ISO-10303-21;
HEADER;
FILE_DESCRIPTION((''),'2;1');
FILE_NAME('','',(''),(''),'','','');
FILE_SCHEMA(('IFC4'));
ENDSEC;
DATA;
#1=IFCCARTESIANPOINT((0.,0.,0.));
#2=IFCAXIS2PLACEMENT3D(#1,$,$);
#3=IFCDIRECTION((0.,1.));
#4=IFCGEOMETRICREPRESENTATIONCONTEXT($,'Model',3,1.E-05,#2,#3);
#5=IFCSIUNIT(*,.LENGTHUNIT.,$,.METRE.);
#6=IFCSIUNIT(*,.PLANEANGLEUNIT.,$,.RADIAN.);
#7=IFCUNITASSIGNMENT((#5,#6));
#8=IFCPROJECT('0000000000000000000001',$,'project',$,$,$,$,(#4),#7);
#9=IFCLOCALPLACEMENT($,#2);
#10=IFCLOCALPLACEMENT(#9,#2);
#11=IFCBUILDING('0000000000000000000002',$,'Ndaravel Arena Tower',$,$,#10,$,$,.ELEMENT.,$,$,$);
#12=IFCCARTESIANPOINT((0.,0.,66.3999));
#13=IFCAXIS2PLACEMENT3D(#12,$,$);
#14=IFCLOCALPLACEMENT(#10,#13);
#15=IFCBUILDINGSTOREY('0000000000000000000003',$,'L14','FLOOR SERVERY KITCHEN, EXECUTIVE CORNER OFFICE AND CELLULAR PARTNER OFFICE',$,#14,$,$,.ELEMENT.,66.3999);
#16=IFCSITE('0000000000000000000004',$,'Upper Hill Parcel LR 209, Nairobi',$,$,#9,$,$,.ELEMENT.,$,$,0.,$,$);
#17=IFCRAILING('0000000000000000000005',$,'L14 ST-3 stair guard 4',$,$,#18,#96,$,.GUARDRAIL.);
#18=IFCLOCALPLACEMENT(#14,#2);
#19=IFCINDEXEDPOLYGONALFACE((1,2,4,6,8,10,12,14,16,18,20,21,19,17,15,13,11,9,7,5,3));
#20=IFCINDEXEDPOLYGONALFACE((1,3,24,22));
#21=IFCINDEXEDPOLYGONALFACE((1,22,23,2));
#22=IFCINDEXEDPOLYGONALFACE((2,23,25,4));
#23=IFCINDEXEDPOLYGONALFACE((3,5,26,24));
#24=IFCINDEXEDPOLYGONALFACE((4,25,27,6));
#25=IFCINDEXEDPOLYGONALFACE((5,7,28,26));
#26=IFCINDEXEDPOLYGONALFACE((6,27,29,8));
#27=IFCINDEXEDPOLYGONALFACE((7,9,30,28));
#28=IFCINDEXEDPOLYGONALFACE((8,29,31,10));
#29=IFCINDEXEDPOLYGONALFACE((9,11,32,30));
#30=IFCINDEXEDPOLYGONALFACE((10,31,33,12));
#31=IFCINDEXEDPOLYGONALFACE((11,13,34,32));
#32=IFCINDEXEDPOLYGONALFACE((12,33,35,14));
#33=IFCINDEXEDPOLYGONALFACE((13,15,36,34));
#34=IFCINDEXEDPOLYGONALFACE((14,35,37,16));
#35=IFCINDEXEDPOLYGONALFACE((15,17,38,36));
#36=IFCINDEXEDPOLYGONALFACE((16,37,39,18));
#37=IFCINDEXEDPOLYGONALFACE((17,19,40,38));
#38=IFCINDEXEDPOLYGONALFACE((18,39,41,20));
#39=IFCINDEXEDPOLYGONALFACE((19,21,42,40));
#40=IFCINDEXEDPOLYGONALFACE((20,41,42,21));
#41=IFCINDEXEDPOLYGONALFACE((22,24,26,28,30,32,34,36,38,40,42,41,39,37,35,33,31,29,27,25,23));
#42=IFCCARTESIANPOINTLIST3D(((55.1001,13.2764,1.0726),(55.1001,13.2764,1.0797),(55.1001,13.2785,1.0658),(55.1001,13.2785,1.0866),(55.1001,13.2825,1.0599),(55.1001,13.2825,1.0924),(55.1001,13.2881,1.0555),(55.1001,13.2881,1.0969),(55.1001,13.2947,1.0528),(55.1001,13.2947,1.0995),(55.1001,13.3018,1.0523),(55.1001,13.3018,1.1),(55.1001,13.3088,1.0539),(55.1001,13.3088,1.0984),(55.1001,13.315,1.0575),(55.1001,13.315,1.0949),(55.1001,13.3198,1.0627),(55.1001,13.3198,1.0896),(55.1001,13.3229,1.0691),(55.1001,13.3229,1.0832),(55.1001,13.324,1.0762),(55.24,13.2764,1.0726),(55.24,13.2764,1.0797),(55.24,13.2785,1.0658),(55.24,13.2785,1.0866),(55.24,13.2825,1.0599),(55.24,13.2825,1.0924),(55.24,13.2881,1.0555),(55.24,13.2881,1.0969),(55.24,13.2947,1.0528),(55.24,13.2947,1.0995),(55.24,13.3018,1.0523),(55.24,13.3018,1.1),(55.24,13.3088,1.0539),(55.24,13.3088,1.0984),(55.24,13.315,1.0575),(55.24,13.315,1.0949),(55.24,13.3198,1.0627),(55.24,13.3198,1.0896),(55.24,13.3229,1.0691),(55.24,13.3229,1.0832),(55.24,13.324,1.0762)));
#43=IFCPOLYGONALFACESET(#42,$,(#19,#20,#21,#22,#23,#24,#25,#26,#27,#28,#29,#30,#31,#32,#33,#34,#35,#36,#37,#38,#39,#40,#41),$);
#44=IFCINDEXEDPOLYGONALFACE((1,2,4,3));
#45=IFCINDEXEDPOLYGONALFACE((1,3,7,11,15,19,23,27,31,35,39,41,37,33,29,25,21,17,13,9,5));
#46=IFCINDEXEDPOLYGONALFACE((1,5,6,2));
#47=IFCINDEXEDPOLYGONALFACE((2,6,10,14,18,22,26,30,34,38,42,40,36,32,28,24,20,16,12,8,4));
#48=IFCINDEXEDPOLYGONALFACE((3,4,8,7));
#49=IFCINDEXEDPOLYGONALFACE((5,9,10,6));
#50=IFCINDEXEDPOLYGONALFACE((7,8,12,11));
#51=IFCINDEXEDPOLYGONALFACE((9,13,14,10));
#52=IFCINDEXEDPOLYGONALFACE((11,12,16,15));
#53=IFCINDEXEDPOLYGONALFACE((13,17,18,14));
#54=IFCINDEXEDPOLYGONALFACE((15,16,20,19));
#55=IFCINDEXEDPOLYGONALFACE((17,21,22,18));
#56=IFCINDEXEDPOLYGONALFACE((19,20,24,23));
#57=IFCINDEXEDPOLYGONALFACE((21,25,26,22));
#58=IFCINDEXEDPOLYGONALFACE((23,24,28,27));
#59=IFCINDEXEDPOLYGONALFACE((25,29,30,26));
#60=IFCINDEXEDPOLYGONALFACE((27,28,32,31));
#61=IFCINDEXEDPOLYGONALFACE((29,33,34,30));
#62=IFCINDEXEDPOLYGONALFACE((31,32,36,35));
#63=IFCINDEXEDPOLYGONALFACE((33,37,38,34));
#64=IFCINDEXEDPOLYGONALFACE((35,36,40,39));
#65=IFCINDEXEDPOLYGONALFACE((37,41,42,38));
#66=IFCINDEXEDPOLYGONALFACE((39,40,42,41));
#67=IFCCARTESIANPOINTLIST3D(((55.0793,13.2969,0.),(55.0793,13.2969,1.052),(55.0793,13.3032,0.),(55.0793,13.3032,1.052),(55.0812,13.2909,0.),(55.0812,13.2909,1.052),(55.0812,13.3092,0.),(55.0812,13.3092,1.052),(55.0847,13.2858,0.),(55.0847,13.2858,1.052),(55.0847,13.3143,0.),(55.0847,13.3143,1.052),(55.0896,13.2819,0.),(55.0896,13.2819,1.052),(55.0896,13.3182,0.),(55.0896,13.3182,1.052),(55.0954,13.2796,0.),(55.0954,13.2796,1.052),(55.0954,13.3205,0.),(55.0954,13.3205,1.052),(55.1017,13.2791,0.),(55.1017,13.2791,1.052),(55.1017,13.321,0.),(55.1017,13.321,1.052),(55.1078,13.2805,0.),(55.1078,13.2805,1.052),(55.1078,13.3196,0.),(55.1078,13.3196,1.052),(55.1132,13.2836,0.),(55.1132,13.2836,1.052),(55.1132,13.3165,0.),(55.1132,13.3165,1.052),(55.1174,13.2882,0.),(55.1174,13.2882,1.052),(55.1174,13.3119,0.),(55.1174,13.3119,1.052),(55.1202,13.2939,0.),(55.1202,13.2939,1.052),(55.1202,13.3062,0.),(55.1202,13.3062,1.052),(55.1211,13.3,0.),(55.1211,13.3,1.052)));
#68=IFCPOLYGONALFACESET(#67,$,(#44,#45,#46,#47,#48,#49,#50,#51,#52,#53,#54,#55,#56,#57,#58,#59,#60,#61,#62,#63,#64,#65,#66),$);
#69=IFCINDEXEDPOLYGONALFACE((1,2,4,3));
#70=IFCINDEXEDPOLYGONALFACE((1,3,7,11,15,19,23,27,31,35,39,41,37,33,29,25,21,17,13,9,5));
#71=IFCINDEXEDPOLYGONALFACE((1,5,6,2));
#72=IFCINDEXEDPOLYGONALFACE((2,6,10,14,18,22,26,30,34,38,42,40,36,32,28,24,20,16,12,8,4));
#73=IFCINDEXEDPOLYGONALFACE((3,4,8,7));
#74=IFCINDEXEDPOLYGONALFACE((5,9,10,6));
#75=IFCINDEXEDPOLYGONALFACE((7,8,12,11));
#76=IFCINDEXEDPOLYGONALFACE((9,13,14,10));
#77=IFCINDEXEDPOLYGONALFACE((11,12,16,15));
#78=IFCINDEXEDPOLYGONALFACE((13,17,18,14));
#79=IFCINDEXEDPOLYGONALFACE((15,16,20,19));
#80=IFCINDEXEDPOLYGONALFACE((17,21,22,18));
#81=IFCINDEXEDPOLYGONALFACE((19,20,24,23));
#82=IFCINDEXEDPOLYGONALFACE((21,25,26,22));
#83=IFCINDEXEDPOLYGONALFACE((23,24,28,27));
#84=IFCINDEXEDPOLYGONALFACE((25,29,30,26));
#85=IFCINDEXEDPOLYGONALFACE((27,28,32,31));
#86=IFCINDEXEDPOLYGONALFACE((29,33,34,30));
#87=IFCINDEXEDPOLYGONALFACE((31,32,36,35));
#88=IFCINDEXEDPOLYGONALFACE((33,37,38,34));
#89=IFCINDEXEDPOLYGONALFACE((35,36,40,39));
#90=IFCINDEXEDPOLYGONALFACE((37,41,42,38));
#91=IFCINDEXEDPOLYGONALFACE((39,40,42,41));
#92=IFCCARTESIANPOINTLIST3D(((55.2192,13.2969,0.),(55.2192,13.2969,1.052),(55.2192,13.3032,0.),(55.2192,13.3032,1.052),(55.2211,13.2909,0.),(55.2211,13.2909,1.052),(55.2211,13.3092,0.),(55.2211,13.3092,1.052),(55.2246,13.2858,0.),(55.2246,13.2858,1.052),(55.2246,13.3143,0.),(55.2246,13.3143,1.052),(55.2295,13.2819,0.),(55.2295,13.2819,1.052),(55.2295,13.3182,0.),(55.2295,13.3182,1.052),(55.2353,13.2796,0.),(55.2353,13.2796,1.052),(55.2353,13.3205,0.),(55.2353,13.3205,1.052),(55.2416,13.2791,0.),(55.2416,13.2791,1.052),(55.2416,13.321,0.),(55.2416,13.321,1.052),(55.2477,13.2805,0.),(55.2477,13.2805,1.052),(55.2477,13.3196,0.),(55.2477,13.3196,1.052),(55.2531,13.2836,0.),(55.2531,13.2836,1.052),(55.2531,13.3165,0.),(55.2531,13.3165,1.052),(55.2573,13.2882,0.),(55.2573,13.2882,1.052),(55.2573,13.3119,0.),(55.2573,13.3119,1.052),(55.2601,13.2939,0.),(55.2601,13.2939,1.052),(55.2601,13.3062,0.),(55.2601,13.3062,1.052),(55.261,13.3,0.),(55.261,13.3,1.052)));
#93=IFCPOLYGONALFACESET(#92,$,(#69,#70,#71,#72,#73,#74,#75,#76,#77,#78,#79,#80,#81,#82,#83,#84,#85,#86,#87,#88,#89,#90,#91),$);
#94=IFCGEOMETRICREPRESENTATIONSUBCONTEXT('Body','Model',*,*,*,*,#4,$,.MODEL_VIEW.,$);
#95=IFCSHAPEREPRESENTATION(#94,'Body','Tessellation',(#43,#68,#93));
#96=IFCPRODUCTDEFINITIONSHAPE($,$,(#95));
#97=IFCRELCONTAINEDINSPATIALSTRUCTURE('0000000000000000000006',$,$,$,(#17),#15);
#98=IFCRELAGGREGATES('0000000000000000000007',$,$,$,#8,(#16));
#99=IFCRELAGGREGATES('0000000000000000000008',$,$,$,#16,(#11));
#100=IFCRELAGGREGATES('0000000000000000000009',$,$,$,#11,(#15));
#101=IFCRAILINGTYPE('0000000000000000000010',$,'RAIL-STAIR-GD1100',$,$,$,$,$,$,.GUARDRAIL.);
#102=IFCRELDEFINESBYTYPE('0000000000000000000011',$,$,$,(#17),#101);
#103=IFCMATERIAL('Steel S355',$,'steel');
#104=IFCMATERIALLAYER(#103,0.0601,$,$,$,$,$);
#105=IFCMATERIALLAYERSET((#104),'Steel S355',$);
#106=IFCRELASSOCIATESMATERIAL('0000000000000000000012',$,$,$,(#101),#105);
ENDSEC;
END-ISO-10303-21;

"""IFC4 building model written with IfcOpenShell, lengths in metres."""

from ifc_helpers import new_model, si_unit, direction, frame, origin, origin_2d, place, context, subcontext, project, spatial, circle, extrude, material, layer, layer_set, type_object, element, save


model = new_model("IFC4")

# Units and contexts
model_context = context("Model", 3, precision=1e-05, world=origin(), true_north=direction((0.0, 1.0)))
body_context = subcontext(model_context, "Body", "Model", "MODEL_VIEW")
ifc_project = project(units=[si_unit("LENGTHUNIT", "METRE"), si_unit("PLANEANGLEUNIT", "RADIAN")], contexts=[model_context])

# Site, building, storey
site_placement = place(None, origin())
site = spatial("IfcSite", under=ifc_project, at=site_placement, Name="Upper Hill Parcel LR 209, Nairobi", CompositionType="ELEMENT", RefElevation=0.0)
building_placement = place(site_placement, origin())
building = spatial("IfcBuilding", under=site, at=building_placement, Name="Ndaravel Arena Tower", CompositionType="ELEMENT")
storey_placement = place(building_placement, frame((0.0, 0.0, 66.3999)))
storey = spatial("IfcBuildingStorey", under=building, at=storey_placement, Name="L14", Description="FLOOR SERVERY KITCHEN, EXECUTIVE CORNER OFFICE AND CELLULAR PARTNER OFFICE", CompositionType="ELEMENT", Elevation=66.3999)

# Railing
ifc_material_1 = material(Name="Steel S355", Category="steel")
ifc_layer_1 = layer(ifc_material_1, 0.0601)
ifc_layer_set_1 = layer_set([ifc_layer_1], Name="Steel S355")
railing_type_1 = type_object("IfcRailingType", Name="RAIL-STAIR-GD1100", PredefinedType="GUARDRAIL", material=ifc_layer_set_1)
railing_1_placement = place(storey_placement, frame((55.1001, 13.3, 0.0)))
element("IfcRailing", 1, at=railing_1_placement, inside=storey, type_object=railing_type_1, Name="L14 ST-3 stair guard 4", PredefinedType="GUARDRAIL", context=body_context, shape_type="SweptSolid", body=[
    extrude(circle(Radius=0.0239, at=origin_2d()), frame((0.0, 0.0, 1.0762), z_axis=(1.0, 0.0, 0.0), x_axis=(0.0, 1.0, 0.0)), (0.0, 0.0, 1.0), 0.1399),
    extrude(circle(Radius=0.021, at=origin_2d()), origin(), (0.0, 0.0, 1.0), 1.052),
    extrude(circle(Radius=0.021, at=origin_2d()), frame((0.1399, 0.0, 0.0)), (0.0, 0.0, 1.0), 1.052),
])

save(model, "model.ifc")
